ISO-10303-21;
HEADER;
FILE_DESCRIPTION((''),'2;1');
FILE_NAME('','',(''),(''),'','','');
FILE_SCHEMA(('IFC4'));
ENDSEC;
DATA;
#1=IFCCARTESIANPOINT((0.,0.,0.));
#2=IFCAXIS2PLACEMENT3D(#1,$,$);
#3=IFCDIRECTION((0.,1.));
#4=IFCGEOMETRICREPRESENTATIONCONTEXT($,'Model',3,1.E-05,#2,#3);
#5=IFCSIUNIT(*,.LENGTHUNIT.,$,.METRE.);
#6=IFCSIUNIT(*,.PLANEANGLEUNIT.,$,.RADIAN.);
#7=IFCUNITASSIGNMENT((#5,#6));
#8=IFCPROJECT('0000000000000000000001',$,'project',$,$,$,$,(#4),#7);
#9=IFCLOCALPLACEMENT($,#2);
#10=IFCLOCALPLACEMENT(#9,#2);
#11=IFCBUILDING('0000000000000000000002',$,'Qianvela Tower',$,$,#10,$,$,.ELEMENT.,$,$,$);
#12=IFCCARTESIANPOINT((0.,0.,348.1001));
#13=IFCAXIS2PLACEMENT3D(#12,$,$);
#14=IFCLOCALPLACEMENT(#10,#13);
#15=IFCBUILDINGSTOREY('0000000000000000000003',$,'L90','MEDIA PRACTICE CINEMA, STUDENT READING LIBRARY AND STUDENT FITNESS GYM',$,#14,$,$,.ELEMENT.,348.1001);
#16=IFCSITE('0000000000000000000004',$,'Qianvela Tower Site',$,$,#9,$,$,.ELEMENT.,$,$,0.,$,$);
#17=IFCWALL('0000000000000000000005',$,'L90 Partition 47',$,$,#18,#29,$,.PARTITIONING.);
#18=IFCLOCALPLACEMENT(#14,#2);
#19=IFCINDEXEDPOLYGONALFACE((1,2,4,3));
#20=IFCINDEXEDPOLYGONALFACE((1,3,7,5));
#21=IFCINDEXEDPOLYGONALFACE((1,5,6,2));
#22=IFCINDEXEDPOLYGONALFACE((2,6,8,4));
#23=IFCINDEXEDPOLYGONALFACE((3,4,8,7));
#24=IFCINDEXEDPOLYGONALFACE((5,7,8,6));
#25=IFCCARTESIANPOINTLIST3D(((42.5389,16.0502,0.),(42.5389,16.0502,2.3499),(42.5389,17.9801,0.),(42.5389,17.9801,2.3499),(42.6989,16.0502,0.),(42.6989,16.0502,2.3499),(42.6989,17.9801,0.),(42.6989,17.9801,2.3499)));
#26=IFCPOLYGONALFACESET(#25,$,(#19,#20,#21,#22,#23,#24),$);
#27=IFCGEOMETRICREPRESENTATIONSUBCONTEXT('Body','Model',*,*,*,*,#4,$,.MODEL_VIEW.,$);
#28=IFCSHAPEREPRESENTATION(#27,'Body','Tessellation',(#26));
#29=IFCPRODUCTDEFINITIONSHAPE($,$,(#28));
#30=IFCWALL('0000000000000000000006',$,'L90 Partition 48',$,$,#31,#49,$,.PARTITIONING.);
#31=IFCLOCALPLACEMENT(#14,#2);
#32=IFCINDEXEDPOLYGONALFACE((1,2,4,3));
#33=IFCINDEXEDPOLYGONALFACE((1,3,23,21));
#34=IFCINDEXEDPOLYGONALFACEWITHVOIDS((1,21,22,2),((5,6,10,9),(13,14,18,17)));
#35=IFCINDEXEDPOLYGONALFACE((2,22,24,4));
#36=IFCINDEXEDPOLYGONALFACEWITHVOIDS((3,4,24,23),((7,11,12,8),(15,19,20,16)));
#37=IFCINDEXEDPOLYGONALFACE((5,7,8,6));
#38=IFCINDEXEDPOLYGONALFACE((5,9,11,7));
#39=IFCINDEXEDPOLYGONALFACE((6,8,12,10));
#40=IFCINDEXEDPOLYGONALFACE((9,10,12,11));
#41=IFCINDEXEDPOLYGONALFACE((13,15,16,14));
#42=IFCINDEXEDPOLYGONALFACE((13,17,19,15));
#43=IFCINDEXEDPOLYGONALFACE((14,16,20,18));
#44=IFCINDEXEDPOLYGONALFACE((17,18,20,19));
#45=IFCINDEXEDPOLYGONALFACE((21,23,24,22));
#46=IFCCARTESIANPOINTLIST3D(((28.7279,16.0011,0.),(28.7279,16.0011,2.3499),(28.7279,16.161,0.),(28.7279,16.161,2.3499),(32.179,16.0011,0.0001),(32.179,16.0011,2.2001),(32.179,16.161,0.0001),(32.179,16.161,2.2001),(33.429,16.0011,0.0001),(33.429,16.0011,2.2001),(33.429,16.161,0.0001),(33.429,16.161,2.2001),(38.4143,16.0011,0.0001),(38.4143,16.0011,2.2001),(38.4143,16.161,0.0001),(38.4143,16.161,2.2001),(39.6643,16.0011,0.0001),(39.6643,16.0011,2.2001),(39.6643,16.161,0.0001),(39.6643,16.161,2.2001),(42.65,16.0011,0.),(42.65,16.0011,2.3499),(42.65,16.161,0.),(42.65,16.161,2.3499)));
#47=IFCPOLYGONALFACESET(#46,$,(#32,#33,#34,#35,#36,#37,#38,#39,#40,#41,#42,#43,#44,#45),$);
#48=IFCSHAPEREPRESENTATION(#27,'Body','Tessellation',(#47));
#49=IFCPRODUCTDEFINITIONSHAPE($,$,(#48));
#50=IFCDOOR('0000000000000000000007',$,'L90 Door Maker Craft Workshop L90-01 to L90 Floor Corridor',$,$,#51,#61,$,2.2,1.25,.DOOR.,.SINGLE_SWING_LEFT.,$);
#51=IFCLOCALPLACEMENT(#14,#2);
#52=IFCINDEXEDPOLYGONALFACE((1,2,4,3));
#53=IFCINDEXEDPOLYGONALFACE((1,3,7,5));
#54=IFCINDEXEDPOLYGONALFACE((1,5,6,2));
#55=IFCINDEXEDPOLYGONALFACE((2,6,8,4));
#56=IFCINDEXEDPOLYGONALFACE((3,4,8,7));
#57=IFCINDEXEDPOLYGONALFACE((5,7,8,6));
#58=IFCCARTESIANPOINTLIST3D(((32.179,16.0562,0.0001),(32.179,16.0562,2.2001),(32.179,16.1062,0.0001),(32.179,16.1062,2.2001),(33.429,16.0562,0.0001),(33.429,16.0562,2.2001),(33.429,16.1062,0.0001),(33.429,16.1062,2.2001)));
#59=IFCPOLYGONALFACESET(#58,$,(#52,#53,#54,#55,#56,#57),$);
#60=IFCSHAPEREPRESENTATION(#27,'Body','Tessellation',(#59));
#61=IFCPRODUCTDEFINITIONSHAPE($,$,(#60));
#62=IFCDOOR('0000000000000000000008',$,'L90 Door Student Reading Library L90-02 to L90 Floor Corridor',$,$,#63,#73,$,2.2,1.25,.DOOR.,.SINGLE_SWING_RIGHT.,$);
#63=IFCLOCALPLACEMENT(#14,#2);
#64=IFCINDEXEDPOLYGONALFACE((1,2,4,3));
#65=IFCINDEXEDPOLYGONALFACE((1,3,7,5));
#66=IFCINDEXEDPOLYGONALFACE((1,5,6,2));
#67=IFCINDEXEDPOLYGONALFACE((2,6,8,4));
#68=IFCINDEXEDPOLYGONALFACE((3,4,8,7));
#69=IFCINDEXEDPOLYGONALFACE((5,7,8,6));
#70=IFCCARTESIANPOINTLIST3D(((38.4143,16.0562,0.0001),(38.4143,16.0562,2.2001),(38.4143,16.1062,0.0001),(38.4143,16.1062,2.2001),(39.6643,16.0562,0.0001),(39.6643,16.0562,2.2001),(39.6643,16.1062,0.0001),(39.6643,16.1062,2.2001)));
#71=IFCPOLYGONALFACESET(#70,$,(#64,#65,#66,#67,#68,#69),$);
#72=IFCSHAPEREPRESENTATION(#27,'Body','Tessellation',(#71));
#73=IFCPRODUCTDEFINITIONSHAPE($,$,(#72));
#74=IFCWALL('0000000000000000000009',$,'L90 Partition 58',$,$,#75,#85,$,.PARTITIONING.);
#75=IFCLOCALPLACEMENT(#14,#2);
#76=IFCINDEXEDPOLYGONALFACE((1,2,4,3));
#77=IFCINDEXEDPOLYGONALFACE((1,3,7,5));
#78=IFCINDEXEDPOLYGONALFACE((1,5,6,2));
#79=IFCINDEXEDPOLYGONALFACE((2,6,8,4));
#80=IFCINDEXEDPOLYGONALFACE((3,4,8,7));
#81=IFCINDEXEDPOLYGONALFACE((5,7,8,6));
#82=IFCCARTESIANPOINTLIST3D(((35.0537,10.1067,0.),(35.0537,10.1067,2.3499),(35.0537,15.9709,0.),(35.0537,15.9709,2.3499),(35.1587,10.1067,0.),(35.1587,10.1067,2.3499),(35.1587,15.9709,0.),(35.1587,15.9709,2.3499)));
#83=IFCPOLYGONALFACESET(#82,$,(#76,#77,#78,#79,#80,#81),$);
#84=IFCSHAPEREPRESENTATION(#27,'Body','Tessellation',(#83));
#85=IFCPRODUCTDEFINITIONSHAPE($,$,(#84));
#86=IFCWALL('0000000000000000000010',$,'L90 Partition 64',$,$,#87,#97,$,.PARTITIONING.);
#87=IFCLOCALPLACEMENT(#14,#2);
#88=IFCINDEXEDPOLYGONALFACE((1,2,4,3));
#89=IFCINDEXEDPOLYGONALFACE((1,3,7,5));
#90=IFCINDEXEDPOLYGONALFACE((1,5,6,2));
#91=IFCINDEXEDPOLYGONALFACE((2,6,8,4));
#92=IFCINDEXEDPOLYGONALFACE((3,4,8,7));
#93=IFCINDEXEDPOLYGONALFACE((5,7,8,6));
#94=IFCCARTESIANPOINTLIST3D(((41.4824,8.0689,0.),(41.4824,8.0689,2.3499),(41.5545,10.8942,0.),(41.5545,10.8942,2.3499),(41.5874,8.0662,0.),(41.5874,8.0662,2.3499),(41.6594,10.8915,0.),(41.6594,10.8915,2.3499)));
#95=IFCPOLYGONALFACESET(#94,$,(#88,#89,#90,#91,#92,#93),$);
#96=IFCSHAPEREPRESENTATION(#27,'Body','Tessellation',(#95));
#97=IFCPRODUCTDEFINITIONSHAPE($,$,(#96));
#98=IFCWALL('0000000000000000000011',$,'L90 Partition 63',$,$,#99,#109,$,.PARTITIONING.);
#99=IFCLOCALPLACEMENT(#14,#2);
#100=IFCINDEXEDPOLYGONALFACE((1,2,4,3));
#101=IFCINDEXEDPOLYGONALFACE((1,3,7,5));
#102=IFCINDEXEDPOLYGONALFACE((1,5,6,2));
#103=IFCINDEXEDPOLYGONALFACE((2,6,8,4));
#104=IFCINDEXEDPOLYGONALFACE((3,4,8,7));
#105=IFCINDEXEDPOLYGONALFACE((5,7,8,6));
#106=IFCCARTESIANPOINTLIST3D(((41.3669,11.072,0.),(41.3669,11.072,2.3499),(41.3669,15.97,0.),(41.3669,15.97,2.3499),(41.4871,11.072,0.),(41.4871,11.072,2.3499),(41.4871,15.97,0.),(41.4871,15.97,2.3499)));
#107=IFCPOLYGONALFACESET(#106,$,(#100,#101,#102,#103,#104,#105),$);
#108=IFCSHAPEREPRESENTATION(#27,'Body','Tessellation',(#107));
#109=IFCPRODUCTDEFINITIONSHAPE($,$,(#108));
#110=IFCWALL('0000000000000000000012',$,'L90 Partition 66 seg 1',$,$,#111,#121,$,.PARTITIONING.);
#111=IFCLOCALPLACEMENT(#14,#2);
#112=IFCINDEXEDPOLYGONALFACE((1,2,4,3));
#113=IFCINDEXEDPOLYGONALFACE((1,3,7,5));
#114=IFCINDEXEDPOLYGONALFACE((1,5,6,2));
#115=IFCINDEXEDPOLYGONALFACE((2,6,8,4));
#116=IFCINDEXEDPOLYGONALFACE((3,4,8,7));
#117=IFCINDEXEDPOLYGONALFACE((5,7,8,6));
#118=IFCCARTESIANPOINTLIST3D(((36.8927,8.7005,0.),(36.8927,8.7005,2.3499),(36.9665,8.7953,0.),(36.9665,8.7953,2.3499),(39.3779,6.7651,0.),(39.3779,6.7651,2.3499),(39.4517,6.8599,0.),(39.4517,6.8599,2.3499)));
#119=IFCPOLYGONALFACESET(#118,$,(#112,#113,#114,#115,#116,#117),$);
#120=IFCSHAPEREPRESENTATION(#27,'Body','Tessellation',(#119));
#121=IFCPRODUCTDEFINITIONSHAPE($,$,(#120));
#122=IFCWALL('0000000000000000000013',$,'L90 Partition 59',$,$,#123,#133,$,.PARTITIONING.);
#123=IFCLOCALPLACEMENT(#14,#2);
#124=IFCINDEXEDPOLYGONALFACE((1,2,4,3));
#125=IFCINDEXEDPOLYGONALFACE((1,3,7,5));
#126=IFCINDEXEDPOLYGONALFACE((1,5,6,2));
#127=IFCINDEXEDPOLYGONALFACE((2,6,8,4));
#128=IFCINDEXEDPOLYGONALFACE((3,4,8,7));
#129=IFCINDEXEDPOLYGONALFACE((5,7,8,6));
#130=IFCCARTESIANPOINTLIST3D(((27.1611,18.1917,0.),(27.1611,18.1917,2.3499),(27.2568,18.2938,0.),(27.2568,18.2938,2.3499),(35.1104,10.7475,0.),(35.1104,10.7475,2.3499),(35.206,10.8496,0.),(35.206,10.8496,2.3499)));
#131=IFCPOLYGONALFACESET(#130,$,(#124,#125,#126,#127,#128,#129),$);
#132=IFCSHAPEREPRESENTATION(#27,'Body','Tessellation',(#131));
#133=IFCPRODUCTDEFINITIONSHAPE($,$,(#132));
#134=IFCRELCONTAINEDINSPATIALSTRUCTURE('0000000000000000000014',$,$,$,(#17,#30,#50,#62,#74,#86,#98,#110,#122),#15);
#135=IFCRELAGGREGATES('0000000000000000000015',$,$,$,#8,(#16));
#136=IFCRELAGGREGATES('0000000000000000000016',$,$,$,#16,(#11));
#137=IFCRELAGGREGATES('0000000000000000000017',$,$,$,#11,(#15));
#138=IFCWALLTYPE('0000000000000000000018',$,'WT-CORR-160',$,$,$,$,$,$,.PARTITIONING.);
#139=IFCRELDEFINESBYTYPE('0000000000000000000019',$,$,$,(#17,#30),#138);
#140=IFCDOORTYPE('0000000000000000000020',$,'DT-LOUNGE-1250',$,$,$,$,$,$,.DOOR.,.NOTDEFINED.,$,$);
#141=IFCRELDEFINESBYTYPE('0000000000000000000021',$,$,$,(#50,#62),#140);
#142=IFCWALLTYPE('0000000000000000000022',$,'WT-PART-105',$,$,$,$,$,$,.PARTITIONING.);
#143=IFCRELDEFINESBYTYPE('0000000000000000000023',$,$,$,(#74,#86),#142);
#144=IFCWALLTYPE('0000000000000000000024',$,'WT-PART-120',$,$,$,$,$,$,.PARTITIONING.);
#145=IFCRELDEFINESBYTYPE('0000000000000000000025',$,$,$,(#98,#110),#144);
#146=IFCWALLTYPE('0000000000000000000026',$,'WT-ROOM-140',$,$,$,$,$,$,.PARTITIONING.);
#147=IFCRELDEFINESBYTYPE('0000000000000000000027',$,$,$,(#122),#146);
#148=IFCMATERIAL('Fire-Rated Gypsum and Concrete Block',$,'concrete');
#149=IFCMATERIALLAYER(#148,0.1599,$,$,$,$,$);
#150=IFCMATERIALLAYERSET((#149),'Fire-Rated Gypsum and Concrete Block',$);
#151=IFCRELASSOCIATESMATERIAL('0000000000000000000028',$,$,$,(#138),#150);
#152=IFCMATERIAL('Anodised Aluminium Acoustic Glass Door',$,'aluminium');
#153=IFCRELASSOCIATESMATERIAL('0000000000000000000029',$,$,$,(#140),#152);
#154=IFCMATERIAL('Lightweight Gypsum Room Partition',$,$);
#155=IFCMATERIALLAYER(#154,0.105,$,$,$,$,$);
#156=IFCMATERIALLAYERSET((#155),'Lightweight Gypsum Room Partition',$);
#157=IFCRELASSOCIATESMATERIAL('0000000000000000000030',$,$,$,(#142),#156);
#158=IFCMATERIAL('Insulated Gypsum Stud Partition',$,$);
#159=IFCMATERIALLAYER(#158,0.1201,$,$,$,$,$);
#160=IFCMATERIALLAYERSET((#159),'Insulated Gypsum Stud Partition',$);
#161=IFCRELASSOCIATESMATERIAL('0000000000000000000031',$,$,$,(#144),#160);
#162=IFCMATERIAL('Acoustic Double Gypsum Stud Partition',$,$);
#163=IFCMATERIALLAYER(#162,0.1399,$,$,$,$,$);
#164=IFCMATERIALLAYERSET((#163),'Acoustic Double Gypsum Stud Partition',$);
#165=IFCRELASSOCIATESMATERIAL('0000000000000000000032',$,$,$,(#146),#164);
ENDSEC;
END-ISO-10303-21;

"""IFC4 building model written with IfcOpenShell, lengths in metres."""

from ifc_helpers import new_model, si_unit, direction, frame, frame_2d, origin, place, context, subcontext, project, spatial, rectangle, extrude, material, layer, layer_set, type_object, element, fill, save


model = new_model("IFC4")

# Units and contexts
model_context = context("Model", 3, precision=1e-05, world=origin(), true_north=direction((0.0, 1.0)))
body_context = subcontext(model_context, "Body", "Model", "MODEL_VIEW")
ifc_project = project(units=[si_unit("LENGTHUNIT", "METRE"), si_unit("PLANEANGLEUNIT", "RADIAN")], contexts=[model_context])

# Site, building, storey
site_placement = place(None, origin())
site = spatial("IfcSite", under=ifc_project, at=site_placement, Name="Qianvela Tower Site", CompositionType="ELEMENT", RefElevation=0.0)
building_placement = place(site_placement, origin())
building = spatial("IfcBuilding", under=site, at=building_placement, Name="Qianvela Tower", CompositionType="ELEMENT")
storey_placement = place(building_placement, frame((0.0, 0.0, 348.1001)))
storey = spatial("IfcBuildingStorey", under=building, at=storey_placement, Name="L90", Description="MEDIA PRACTICE CINEMA, STUDENT READING LIBRARY AND STUDENT FITNESS GYM", CompositionType="ELEMENT", Elevation=348.1001)

# Shared definitions
ifc_material_1 = material(Name="Fire-Rated Gypsum and Concrete Block", Category="concrete")
ifc_layer_1 = layer(ifc_material_1, 0.1599)
ifc_layer_set_1 = layer_set([ifc_layer_1], Name="Fire-Rated Gypsum and Concrete Block")
wall_type_1 = type_object("IfcWallType", Name="WT-CORR-160", PredefinedType="PARTITIONING", material=ifc_layer_set_1)

# Wall
wall_1_placement = place(storey_placement, frame((42.6189, 17.98, 0.0), z_axis=(0.0, 0.0, 1.0), x_axis=(0.0, -1.0, 0.0)))
element("IfcWall", 1, at=wall_1_placement, inside=storey, type_object=wall_type_1, Name="L90 Partition 47", PredefinedType="PARTITIONING", context=body_context, shape_type="SweptSolid", body=[
    extrude(rectangle(XDim=1.9299, YDim=0.1599, at=frame_2d((0.9648, 0.0))), origin(), (0.0, 0.0, 1.0), 2.3499),
])

# Wall, openings, doors
wall_2_placement = place(storey_placement, frame((42.6499, 16.0811, 0.0), z_axis=(0.0, 0.0, 1.0), x_axis=(-1.0, 0.0, 0.0)))
wall_2 = element("IfcWall", 2, at=wall_2_placement, inside=storey, type_object=wall_type_1, Name="L90 Partition 48", PredefinedType="PARTITIONING", context=body_context, shape_type="SweptSolid", body=[
    extrude(rectangle(XDim=13.9221, YDim=0.1599, at=frame_2d((6.9609, 0.0))), origin(), (0.0, 0.0, 1.0), 2.3499),
])
opening_1_placement = place(wall_2_placement, frame((9.2209, 0.0, 0.0)))
opening_1 = element("IfcOpeningElement", 3, at=opening_1_placement, cuts=wall_2, PredefinedType="OPENING", context=body_context, shape_type="SweptSolid", body=[
    extrude(rectangle(XDim=1.25, YDim=2.2, at=frame_2d((0.625, 1.1001))), frame((0.0, 0.0898, 0.0), z_axis=(0.0, -1.0, 0.0), x_axis=(1.0, 0.0, 0.0)), (0.0, 0.0, 1.0), 0.1799),
])
opening_2_placement = place(wall_2_placement, frame((2.9856, 0.0, 0.0)))
opening_2 = element("IfcOpeningElement", 4, at=opening_2_placement, cuts=wall_2, PredefinedType="OPENING", context=body_context, shape_type="SweptSolid", body=[
    extrude(rectangle(XDim=1.25, YDim=2.2, at=frame_2d((0.625, 1.1001))), frame((0.0, 0.0898, 0.0), z_axis=(0.0, -1.0, 0.0), x_axis=(1.0, 0.0, 0.0)), (0.0, 0.0, 1.0), 0.1799),
])
ifc_material_2 = material(Name="Anodised Aluminium Acoustic Glass Door", Category="aluminium")
door_type_1 = type_object("IfcDoorType", Name="DT-LOUNGE-1250", OperationType="NOTDEFINED", PredefinedType="DOOR", material=ifc_material_2)
door_1_placement = place(opening_1_placement, origin())
door_1 = element("IfcDoor", 5, at=door_1_placement, inside=storey, type_object=door_type_1, Name="L90 Door Maker Craft Workshop L90-01 to L90 Floor Corridor", OperationType="SINGLE_SWING_LEFT", OverallHeight=2.2, OverallWidth=1.25, PredefinedType="DOOR", context=body_context, shape_type="SweptSolid", body=[
    extrude(rectangle(XDim=1.25, YDim=2.2, at=frame_2d((0.625, 1.1001))), frame((0.0, 0.0249, 0.0), z_axis=(0.0, -1.0, 0.0), x_axis=(1.0, 0.0, 0.0)), (0.0, 0.0, 1.0), 0.05),
])
fill(opening_1, door_1)
door_2_placement = place(opening_2_placement, origin())
door_2 = element("IfcDoor", 6, at=door_2_placement, inside=storey, type_object=door_type_1, Name="L90 Door Student Reading Library L90-02 to L90 Floor Corridor", OperationType="SINGLE_SWING_RIGHT", OverallHeight=2.2, OverallWidth=1.25, PredefinedType="DOOR", context=body_context, shape_type="SweptSolid", body=[
    extrude(rectangle(XDim=1.25, YDim=2.2, at=frame_2d((0.625, 1.1001))), frame((0.0, 0.0249, 0.0), z_axis=(0.0, -1.0, 0.0), x_axis=(1.0, 0.0, 0.0)), (0.0, 0.0, 1.0), 0.05),
])
fill(opening_2, door_2)

# Walls
ifc_material_3 = material(Name="Lightweight Gypsum Room Partition")
ifc_layer_2 = layer(ifc_material_3, 0.105)
ifc_layer_set_2 = layer_set([ifc_layer_2], Name="Lightweight Gypsum Room Partition")
wall_type_2 = type_object("IfcWallType", Name="WT-PART-105", PredefinedType="PARTITIONING", material=ifc_layer_set_2)
wall_3_placement = place(storey_placement, frame((35.1062, 15.9709, 0.0), z_axis=(0.0, 0.0, 1.0), x_axis=(0.0, -1.0, 0.0)))
element("IfcWall", 7, at=wall_3_placement, inside=storey, type_object=wall_type_2, Name="L90 Partition 58", PredefinedType="PARTITIONING", context=body_context, shape_type="SweptSolid", body=[
    extrude(rectangle(XDim=5.8643, YDim=0.105, at=frame_2d((2.9321, 0.0))), origin(), (0.0, 0.0, 1.0), 2.3499),
])
wall_4_placement = place(storey_placement, frame((41.6069, 10.8928, 0.0), z_axis=(0.0, 0.0, 1.0), x_axis=(-0.025484, -0.999675, 0.0)))
element("IfcWall", 8, at=wall_4_placement, inside=storey, type_object=wall_type_2, Name="L90 Partition 64", PredefinedType="PARTITIONING", context=body_context, shape_type="SweptSolid", body=[
    extrude(rectangle(XDim=2.8262, YDim=0.105, at=frame_2d((1.4131, 0.0))), origin(), (0.0, 0.0, 1.0), 2.3499),
])
ifc_material_4 = material(Name="Insulated Gypsum Stud Partition")
ifc_layer_3 = layer(ifc_material_4, 0.1201)
ifc_layer_set_3 = layer_set([ifc_layer_3], Name="Insulated Gypsum Stud Partition")
wall_type_3 = type_object("IfcWallType", Name="WT-PART-120", PredefinedType="PARTITIONING", material=ifc_layer_set_3)
wall_5_placement = place(storey_placement, frame((41.427, 15.97, 0.0), z_axis=(0.0, 0.0, 1.0), x_axis=(0.0, -1.0, 0.0)))
element("IfcWall", 9, at=wall_5_placement, inside=storey, type_object=wall_type_3, Name="L90 Partition 63", PredefinedType="PARTITIONING", context=body_context, shape_type="SweptSolid", body=[
    extrude(rectangle(XDim=4.8979, YDim=0.1201, at=frame_2d((2.449, 0.0))), origin(), (0.0, 0.0, 1.0), 2.3499),
])
wall_6_placement = place(storey_placement, frame((39.4148, 6.8125, 0.0), z_axis=(0.0, 0.0, 1.0), x_axis=(-0.788976, 0.614423, 0.0)))
element("IfcWall", 10, at=wall_6_placement, inside=storey, type_object=wall_type_3, Name="L90 Partition 66 seg 1", PredefinedType="PARTITIONING", context=body_context, shape_type="SweptSolid", body=[
    extrude(rectangle(XDim=3.1499, YDim=0.1201, at=frame_2d((1.575, 0.0))), origin(), (0.0, 0.0, 1.0), 2.3499),
])
ifc_material_5 = material(Name="Acoustic Double Gypsum Stud Partition")
ifc_layer_4 = layer(ifc_material_5, 0.1399)
ifc_layer_set_4 = layer_set([ifc_layer_4], Name="Acoustic Double Gypsum Stud Partition")
wall_type_4 = type_object("IfcWallType", Name="WT-ROOM-140", PredefinedType="PARTITIONING", material=ifc_layer_set_4)
wall_7_placement = place(storey_placement, frame((35.1582, 10.7986, 0.0), z_axis=(0.0, 0.0, 1.0), x_axis=(-0.729917, 0.683535, 0.0)))
element("IfcWall", 11, at=wall_7_placement, inside=storey, type_object=wall_type_4, Name="L90 Partition 59", PredefinedType="PARTITIONING", context=body_context, shape_type="SweptSolid", body=[
    extrude(rectangle(XDim=10.8906, YDim=0.1399, at=frame_2d((5.4453, 0.0))), origin(), (0.0, 0.0, 1.0), 2.3499),
])

save(model, "model.ifc")
